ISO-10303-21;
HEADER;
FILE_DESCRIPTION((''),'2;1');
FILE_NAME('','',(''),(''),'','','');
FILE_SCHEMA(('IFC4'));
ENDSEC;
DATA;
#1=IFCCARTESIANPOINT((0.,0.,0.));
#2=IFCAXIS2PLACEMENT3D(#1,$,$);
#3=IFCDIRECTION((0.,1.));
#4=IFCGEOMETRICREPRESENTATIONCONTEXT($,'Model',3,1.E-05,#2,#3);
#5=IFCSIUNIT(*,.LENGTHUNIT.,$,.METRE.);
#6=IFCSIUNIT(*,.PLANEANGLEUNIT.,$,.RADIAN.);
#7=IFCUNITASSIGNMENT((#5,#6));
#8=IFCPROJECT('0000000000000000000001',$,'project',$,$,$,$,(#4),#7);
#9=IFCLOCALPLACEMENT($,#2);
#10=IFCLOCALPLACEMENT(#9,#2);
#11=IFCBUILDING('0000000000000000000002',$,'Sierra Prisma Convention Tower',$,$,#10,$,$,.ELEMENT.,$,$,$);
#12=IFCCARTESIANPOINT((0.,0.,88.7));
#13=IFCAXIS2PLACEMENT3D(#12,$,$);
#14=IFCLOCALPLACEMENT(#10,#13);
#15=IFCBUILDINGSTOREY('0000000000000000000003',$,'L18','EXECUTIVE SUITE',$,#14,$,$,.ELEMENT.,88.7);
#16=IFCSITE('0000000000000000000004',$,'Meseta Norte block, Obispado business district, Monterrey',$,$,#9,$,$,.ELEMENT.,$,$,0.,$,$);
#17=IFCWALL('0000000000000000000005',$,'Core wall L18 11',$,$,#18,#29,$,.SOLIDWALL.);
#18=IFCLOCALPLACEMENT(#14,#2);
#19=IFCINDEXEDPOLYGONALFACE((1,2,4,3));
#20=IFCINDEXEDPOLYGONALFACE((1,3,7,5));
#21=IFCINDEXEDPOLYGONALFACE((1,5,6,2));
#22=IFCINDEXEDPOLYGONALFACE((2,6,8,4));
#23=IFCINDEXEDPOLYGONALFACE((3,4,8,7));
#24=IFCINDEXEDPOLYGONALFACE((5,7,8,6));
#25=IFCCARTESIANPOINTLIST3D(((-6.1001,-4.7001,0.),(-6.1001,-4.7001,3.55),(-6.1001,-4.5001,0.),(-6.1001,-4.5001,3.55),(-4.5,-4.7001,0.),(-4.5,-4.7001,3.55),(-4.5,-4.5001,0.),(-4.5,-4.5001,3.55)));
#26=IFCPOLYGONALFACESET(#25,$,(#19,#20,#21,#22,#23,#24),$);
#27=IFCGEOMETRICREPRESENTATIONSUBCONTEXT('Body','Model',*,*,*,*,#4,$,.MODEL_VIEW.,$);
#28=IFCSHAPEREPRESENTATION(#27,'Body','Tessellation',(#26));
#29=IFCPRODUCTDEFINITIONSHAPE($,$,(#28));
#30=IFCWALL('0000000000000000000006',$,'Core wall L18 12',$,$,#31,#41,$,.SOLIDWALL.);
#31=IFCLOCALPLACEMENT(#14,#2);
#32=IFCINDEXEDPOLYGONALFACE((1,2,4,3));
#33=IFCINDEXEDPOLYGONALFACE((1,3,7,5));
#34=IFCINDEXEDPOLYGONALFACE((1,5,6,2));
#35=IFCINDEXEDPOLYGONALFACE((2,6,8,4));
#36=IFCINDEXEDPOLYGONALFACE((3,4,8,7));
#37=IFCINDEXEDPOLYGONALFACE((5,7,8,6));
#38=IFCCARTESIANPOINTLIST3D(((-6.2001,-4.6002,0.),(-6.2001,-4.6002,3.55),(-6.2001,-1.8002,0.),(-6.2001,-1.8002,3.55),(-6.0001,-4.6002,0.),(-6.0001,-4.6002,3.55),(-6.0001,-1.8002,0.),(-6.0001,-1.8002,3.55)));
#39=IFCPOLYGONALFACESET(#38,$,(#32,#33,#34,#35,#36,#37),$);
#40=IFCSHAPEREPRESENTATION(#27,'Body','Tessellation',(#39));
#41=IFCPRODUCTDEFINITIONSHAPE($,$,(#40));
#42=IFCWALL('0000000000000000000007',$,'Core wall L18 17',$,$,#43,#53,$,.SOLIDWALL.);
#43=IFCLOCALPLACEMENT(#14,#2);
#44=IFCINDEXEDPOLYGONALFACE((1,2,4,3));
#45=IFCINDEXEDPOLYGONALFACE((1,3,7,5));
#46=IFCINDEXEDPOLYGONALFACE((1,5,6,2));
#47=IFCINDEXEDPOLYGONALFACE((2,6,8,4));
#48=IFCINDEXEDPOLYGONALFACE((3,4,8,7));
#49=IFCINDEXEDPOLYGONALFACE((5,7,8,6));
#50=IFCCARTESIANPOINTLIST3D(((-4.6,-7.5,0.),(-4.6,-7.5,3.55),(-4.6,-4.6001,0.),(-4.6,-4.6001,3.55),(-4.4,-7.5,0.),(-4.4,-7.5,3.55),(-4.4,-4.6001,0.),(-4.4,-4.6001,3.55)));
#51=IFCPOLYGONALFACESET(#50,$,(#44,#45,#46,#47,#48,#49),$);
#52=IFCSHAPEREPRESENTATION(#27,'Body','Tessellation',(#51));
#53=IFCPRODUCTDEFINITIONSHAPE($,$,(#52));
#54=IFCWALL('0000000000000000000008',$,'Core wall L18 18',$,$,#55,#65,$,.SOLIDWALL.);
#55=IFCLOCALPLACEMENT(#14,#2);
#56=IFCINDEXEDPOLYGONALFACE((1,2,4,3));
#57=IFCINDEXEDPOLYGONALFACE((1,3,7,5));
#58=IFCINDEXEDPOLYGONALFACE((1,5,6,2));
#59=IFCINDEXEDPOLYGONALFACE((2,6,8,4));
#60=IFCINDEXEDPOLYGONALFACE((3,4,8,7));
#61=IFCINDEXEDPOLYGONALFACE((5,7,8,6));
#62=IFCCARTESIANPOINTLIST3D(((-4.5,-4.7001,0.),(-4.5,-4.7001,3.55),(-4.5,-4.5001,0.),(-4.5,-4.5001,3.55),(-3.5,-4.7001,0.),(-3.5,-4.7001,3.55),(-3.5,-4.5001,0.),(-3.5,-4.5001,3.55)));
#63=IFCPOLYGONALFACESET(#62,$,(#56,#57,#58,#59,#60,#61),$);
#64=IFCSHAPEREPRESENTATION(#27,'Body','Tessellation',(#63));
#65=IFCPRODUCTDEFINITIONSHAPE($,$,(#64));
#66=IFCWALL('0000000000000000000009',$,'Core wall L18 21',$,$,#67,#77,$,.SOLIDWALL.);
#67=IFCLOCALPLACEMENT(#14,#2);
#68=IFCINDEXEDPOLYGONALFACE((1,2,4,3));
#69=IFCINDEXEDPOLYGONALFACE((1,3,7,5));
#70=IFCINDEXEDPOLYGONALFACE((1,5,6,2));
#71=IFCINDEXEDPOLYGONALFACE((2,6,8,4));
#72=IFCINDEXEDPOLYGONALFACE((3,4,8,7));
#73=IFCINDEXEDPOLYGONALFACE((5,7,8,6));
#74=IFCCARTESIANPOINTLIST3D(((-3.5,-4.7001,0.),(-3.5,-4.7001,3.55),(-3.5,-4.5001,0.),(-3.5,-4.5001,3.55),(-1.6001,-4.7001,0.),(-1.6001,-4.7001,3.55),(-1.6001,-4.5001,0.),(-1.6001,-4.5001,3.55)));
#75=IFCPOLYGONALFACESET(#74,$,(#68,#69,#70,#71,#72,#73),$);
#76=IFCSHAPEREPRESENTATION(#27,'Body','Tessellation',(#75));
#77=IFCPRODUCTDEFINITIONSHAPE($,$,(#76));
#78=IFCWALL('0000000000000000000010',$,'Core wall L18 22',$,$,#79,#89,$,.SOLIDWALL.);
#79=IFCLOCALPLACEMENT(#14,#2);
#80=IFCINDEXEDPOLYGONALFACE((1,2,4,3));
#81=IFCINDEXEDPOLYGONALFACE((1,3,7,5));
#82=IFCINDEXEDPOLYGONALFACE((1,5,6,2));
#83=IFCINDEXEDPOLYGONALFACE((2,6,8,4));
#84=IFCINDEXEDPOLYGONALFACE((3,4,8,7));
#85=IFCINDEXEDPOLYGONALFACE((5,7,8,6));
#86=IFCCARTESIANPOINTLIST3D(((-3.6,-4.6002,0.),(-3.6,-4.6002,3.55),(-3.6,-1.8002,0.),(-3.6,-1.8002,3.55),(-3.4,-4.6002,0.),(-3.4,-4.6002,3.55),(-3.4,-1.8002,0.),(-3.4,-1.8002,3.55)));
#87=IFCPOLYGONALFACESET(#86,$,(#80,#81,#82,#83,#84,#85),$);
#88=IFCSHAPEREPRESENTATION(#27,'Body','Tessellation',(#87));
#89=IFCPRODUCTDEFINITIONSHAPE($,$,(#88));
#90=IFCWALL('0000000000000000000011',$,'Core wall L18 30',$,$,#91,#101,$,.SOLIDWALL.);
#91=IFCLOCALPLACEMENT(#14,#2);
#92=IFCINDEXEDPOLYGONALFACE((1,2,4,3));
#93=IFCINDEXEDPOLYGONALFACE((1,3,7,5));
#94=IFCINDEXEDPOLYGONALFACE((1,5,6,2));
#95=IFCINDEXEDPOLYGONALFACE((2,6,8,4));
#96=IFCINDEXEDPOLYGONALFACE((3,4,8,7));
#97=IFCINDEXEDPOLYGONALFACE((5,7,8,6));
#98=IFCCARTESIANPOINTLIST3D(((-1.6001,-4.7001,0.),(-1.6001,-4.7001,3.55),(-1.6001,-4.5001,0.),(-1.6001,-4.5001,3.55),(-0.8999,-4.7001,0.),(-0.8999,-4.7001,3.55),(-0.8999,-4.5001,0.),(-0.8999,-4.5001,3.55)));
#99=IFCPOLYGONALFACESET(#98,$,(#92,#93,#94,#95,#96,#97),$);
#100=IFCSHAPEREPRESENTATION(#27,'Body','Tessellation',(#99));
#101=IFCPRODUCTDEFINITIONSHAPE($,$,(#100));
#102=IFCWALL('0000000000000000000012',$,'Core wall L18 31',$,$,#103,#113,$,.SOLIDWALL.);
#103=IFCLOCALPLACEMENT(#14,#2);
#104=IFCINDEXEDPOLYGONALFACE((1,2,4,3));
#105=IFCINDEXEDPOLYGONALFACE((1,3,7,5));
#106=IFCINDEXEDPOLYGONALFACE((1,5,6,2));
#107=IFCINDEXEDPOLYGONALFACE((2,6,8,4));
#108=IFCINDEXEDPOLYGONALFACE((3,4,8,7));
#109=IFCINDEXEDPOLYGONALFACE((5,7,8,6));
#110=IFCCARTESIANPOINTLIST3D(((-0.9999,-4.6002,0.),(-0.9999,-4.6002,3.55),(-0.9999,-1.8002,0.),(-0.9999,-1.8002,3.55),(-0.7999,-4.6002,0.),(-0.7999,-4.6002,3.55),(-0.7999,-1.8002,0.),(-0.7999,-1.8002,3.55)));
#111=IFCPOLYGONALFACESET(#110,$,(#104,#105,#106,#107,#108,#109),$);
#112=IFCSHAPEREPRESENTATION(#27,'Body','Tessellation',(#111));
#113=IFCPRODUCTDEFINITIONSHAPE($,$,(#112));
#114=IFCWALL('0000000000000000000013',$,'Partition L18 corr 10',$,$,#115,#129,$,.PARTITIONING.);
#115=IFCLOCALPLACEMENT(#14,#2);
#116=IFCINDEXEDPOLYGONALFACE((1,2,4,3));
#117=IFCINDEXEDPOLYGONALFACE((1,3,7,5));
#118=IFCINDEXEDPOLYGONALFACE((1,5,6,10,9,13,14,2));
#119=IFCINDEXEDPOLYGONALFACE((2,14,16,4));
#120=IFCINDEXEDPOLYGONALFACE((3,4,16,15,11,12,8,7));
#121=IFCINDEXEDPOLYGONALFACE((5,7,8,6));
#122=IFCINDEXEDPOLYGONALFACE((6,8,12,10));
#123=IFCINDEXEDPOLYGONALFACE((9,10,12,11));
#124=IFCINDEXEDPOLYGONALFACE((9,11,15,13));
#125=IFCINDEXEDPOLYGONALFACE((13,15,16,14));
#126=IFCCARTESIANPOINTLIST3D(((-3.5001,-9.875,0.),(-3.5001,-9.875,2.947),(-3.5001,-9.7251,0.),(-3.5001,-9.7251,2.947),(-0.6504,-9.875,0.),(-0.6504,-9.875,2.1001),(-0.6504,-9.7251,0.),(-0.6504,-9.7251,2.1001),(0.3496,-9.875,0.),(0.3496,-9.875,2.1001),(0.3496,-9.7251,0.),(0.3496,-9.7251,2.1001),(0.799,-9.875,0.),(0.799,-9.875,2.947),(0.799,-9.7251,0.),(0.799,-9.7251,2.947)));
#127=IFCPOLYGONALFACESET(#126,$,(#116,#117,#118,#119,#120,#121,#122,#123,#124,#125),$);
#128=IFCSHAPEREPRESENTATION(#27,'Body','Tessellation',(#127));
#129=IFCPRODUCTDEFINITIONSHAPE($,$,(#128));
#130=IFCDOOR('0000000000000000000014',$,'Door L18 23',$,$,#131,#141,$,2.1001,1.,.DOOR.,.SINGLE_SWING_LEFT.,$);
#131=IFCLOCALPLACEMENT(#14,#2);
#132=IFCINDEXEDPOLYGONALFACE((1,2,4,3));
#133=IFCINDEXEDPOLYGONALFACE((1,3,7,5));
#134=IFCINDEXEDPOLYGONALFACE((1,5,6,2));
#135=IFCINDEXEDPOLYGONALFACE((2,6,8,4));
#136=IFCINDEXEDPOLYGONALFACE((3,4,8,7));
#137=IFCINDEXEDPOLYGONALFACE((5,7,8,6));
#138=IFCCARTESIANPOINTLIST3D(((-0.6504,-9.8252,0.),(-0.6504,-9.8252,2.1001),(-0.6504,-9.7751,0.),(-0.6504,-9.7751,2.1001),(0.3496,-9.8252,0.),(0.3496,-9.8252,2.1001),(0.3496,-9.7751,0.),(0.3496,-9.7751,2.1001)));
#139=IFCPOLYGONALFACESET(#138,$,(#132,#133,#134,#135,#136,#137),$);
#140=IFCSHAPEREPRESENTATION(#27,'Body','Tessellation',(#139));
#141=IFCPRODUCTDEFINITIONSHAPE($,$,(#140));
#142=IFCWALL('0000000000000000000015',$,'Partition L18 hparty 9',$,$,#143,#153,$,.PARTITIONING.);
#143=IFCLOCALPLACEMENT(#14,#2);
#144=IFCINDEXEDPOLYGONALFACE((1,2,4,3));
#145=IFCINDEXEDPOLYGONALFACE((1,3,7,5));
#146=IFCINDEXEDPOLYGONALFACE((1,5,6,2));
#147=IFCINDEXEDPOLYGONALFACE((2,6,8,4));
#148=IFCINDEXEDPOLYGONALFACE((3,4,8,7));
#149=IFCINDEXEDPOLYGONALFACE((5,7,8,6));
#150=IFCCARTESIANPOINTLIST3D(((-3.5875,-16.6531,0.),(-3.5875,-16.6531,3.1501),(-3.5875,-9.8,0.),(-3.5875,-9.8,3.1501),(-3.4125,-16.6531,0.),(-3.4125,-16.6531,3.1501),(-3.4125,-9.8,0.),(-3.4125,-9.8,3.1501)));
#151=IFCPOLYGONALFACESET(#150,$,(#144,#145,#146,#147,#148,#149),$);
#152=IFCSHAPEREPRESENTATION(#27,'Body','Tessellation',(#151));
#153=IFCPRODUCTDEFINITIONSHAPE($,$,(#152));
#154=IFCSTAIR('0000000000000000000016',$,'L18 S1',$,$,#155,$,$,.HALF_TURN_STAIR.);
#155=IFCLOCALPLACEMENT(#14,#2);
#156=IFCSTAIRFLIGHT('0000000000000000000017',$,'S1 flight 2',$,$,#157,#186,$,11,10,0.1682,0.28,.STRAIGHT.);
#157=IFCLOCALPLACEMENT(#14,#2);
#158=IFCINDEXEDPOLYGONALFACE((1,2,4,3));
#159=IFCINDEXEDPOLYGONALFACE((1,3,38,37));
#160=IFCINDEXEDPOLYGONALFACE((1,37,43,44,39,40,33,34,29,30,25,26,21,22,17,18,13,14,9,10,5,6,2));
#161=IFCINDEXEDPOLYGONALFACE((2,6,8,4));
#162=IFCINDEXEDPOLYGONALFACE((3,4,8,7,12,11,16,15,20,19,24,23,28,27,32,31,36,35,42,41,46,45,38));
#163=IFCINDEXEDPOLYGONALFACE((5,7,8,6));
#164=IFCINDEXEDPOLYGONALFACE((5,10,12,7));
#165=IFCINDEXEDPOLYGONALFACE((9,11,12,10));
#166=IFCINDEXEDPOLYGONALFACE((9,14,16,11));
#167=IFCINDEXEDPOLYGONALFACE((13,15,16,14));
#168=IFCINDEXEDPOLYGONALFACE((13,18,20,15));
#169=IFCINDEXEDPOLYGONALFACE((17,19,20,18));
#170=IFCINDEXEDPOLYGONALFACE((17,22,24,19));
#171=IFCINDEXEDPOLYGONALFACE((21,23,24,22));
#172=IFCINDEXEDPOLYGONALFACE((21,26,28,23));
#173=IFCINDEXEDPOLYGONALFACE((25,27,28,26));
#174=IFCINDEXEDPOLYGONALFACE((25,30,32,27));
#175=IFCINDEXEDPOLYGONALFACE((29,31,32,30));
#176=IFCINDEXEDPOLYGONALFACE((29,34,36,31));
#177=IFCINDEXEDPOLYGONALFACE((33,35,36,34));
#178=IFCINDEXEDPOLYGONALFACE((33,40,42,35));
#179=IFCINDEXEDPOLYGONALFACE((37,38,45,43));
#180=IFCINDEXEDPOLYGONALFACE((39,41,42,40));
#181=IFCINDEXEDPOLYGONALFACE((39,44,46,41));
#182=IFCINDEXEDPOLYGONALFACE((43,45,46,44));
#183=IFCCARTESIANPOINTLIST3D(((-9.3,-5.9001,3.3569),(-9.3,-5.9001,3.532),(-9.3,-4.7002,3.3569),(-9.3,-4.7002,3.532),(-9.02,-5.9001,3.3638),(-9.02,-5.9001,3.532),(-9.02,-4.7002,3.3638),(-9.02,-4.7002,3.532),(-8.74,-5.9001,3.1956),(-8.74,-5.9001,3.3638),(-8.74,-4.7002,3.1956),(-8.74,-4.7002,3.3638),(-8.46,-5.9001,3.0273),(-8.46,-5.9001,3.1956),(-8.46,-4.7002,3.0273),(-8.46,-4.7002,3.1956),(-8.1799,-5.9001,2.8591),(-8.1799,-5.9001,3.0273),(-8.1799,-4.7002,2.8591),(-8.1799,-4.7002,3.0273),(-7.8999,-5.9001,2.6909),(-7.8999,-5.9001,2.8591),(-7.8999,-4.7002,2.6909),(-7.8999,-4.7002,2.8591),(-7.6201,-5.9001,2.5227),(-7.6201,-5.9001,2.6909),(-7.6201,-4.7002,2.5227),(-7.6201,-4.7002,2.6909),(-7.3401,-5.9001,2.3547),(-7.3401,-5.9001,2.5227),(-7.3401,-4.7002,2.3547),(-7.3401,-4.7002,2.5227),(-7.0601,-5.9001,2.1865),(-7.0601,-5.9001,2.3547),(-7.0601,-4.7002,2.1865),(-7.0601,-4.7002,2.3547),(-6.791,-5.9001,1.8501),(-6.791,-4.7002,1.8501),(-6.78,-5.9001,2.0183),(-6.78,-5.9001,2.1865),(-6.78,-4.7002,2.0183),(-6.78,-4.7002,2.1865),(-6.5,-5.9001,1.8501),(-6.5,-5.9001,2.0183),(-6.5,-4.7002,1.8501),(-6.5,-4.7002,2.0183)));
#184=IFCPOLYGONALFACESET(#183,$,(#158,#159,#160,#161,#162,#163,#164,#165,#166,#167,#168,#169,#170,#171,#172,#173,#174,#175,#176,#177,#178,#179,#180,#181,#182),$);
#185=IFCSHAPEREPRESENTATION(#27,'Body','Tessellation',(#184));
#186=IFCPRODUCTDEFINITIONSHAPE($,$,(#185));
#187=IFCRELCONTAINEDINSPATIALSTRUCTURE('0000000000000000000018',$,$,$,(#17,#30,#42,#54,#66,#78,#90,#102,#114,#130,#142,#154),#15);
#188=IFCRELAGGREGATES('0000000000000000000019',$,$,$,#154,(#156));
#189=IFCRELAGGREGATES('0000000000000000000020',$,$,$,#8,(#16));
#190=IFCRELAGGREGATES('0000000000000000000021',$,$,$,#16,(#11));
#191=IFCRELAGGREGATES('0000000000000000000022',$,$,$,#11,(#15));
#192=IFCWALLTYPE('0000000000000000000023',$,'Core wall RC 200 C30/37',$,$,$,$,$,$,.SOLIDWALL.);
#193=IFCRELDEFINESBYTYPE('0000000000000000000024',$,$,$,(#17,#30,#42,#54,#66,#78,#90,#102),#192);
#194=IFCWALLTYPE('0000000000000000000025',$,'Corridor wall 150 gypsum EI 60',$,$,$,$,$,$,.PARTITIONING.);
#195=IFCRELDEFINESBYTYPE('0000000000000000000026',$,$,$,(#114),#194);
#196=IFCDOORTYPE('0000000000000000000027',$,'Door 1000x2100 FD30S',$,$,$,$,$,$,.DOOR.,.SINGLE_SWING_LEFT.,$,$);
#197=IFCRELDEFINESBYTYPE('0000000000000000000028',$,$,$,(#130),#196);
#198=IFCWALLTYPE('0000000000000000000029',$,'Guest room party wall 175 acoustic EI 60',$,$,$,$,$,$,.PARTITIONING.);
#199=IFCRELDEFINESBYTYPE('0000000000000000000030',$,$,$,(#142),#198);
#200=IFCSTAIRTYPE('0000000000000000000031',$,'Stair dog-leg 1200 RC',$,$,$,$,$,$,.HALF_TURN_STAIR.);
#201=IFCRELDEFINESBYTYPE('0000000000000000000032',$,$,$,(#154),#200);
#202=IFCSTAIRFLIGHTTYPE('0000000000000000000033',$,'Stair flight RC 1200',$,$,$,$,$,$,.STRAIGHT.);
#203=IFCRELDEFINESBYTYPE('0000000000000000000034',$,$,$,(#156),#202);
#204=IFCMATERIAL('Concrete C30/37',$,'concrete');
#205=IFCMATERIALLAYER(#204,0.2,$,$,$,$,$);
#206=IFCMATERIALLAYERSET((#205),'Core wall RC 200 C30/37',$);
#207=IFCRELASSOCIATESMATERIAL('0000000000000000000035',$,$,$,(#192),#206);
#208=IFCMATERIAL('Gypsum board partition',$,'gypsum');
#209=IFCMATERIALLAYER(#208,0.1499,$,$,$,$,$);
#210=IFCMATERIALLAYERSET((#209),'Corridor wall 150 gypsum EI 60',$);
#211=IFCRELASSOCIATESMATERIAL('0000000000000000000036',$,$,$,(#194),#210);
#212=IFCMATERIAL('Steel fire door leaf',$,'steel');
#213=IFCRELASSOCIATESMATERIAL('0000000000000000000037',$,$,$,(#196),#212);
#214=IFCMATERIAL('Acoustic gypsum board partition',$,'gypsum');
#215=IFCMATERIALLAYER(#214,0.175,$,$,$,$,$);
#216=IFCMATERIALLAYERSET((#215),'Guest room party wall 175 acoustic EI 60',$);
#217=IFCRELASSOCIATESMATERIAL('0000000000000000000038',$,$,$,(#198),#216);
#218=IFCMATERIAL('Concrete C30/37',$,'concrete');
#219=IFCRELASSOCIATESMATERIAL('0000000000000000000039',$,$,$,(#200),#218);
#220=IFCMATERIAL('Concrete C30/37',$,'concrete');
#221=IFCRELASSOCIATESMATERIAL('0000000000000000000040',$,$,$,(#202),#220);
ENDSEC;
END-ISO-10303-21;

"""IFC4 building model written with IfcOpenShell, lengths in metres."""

from ifc_helpers import new_model, si_unit, direction, frame, frame_2d, origin, place, context, subcontext, project, spatial, polyline, rectangle, outline, extrude, material, layer, layer_set, type_object, element, fill, aggregate, save


model = new_model("IFC4")

# Units and contexts
model_context = context("Model", 3, precision=1e-05, world=origin(), true_north=direction((0.0, 1.0)))
body_context = subcontext(model_context, "Body", "Model", "MODEL_VIEW")
ifc_project = project(units=[si_unit("LENGTHUNIT", "METRE"), si_unit("PLANEANGLEUNIT", "RADIAN")], contexts=[model_context])

# Site, building, storey
site_placement = place(None, origin())
site = spatial("IfcSite", under=ifc_project, at=site_placement, Name="Meseta Norte block, Obispado business district, Monterrey", CompositionType="ELEMENT", RefElevation=0.0)
building_placement = place(site_placement, origin())
building = spatial("IfcBuilding", under=site, at=building_placement, Name="Sierra Prisma Convention Tower", CompositionType="ELEMENT")
storey_placement = place(building_placement, frame((0.0, 0.0, 88.7)))
storey = spatial("IfcBuildingStorey", under=building, at=storey_placement, Name="L18", Description="EXECUTIVE SUITE", CompositionType="ELEMENT", Elevation=88.7)

# Walls
ifc_material_1 = material(Name="Concrete C30/37", Category="concrete")
ifc_layer_1 = layer(ifc_material_1, 0.2)
ifc_layer_set_1 = layer_set([ifc_layer_1], Name="Core wall RC 200 C30/37")
wall_type_1 = type_object("IfcWallType", Name="Core wall RC 200 C30/37", PredefinedType="SOLIDWALL", material=ifc_layer_set_1)
wall_1_placement = place(storey_placement, frame((-6.1001, -4.6001, 0.0), z_axis=(0.0, 0.0, 1.0), x_axis=(1.0, 0.0, 0.0)))
element("IfcWall", 1, at=wall_1_placement, inside=storey, type_object=wall_type_1, Name="Core wall L18 11", PredefinedType="SOLIDWALL", context=body_context, shape_type="SweptSolid", body=[
    extrude(rectangle(XDim=1.6001, YDim=0.2, at=frame_2d((0.8, 0.0))), origin(), (0.0, 0.0, 1.0), 3.55),
])
wall_2_placement = place(storey_placement, frame((-6.1001, -4.6001, 0.0), z_axis=(0.0, 0.0, 1.0), x_axis=(0.0, 1.0, 0.0)))
element("IfcWall", 2, at=wall_2_placement, inside=storey, type_object=wall_type_1, Name="Core wall L18 12", PredefinedType="SOLIDWALL", context=body_context, shape_type="SweptSolid", body=[
    extrude(rectangle(XDim=2.8, YDim=0.2, at=frame_2d((1.3999, 0.0))), origin(), (0.0, 0.0, 1.0), 3.55),
])
wall_3_placement = place(storey_placement, frame((-4.5, -4.6001, 0.0), z_axis=(0.0, 0.0, 1.0), x_axis=(0.0, -1.0, 0.0)))
element("IfcWall", 3, at=wall_3_placement, inside=storey, type_object=wall_type_1, Name="Core wall L18 17", PredefinedType="SOLIDWALL", context=body_context, shape_type="SweptSolid", body=[
    extrude(rectangle(XDim=2.8999, YDim=0.2, at=frame_2d((1.45, 0.0))), origin(), (0.0, 0.0, 1.0), 3.55),
])
wall_4_placement = place(storey_placement, frame((-4.5, -4.6001, 0.0), z_axis=(0.0, 0.0, 1.0), x_axis=(1.0, 0.0, 0.0)))
element("IfcWall", 4, at=wall_4_placement, inside=storey, type_object=wall_type_1, Name="Core wall L18 18", PredefinedType="SOLIDWALL", context=body_context, shape_type="SweptSolid", body=[
    extrude(rectangle(XDim=1.0, YDim=0.2, at=frame_2d((0.5, 0.0))), origin(), (0.0, 0.0, 1.0), 3.55),
])
wall_5_placement = place(storey_placement, frame((-3.5, -4.6001, 0.0), z_axis=(0.0, 0.0, 1.0), x_axis=(1.0, 0.0, 0.0)))
element("IfcWall", 5, at=wall_5_placement, inside=storey, type_object=wall_type_1, Name="Core wall L18 21", PredefinedType="SOLIDWALL", context=body_context, shape_type="SweptSolid", body=[
    extrude(rectangle(XDim=1.8999, YDim=0.2, at=frame_2d((0.95, 0.0))), origin(), (0.0, 0.0, 1.0), 3.55),
])
wall_6_placement = place(storey_placement, frame((-3.5, -4.6001, 0.0), z_axis=(0.0, 0.0, 1.0), x_axis=(0.0, 1.0, 0.0)))
element("IfcWall", 6, at=wall_6_placement, inside=storey, type_object=wall_type_1, Name="Core wall L18 22", PredefinedType="SOLIDWALL", context=body_context, shape_type="SweptSolid", body=[
    extrude(rectangle(XDim=2.8, YDim=0.2, at=frame_2d((1.3999, 0.0))), origin(), (0.0, 0.0, 1.0), 3.55),
])

# Walls
wall_7_placement = place(storey_placement, frame((-1.6001, -4.6001, 0.0), z_axis=(0.0, 0.0, 1.0), x_axis=(1.0, 0.0, 0.0)))
element("IfcWall", 7, at=wall_7_placement, inside=storey, type_object=wall_type_1, Name="Core wall L18 30", PredefinedType="SOLIDWALL", context=body_context, shape_type="SweptSolid", body=[
    extrude(rectangle(XDim=0.7002, YDim=0.2, at=frame_2d((0.3501, 0.0))), origin(), (0.0, 0.0, 1.0), 3.55),
])
wall_8_placement = place(storey_placement, frame((-0.8999, -4.6001, 0.0), z_axis=(0.0, 0.0, 1.0), x_axis=(0.0, 1.0, 0.0)))
element("IfcWall", 8, at=wall_8_placement, inside=storey, type_object=wall_type_1, Name="Core wall L18 31", PredefinedType="SOLIDWALL", context=body_context, shape_type="SweptSolid", body=[
    extrude(rectangle(XDim=2.8, YDim=0.2, at=frame_2d((1.3999, 0.0))), origin(), (0.0, 0.0, 1.0), 3.55),
])

# Wall, opening, door
ifc_material_2 = material(Name="Gypsum board partition", Category="gypsum")
ifc_layer_2 = layer(ifc_material_2, 0.1499)
ifc_layer_set_2 = layer_set([ifc_layer_2], Name="Corridor wall 150 gypsum EI 60")
wall_type_2 = type_object("IfcWallType", Name="Corridor wall 150 gypsum EI 60", PredefinedType="PARTITIONING", material=ifc_layer_set_2)
wall_9_placement = place(storey_placement, frame((-3.5, -9.8, 0.0), z_axis=(0.0, 0.0, 1.0), x_axis=(1.0, 0.0, 0.0)))
wall_9 = element("IfcWall", 9, at=wall_9_placement, inside=storey, type_object=wall_type_2, Name="Partition L18 corr 10", PredefinedType="PARTITIONING", context=body_context, shape_type="SweptSolid", body=[
    extrude(rectangle(XDim=4.2991, YDim=0.1499, at=frame_2d((2.1494, 0.0))), origin(), (0.0, 0.0, 1.0), 2.947),
])
opening_1_placement = place(wall_9_placement, frame((2.8496, 0.0, 0.0)))
opening_1 = element("IfcOpeningElement", 10, at=opening_1_placement, cuts=wall_9, PredefinedType="OPENING", context=body_context, shape_type="SweptSolid", body=[
    extrude(rectangle(XDim=1.0, YDim=2.1001, at=frame_2d((0.5, 1.05))), frame((0.0, 0.075, 0.0), z_axis=(0.0, -1.0, 0.0), x_axis=(1.0, 0.0, 0.0)), (0.0, 0.0, 1.0), 0.1499),
])
ifc_material_3 = material(Name="Steel fire door leaf", Category="steel")
door_type_1 = type_object("IfcDoorType", Name="Door 1000x2100 FD30S", OperationType="SINGLE_SWING_LEFT", PredefinedType="DOOR", material=ifc_material_3)
door_1_placement = place(opening_1_placement, origin())
door_1 = element("IfcDoor", 11, at=door_1_placement, inside=storey, type_object=door_type_1, Name="Door L18 23", OperationType="SINGLE_SWING_LEFT", OverallHeight=2.1001, OverallWidth=1.0, PredefinedType="DOOR", context=body_context, shape_type="SweptSolid", body=[
    extrude(rectangle(XDim=1.0, YDim=2.1001, at=frame_2d((0.5, 1.05))), frame((0.0, 0.0249, 0.0), z_axis=(0.0, -1.0, 0.0), x_axis=(1.0, 0.0, 0.0)), (0.0, 0.0, 1.0), 0.05),
])
fill(opening_1, door_1)

# Wall
ifc_material_4 = material(Name="Acoustic gypsum board partition", Category="gypsum")
ifc_layer_3 = layer(ifc_material_4, 0.175)
ifc_layer_set_3 = layer_set([ifc_layer_3], Name="Guest room party wall 175 acoustic EI 60")
wall_type_3 = type_object("IfcWallType", Name="Guest room party wall 175 acoustic EI 60", PredefinedType="PARTITIONING", material=ifc_layer_set_3)
wall_10_placement = place(storey_placement, frame((-3.5, -9.8, 0.0), z_axis=(0.0, 0.0, 1.0), x_axis=(0.0, -1.0, 0.0)))
element("IfcWall", 12, at=wall_10_placement, inside=storey, type_object=wall_type_3, Name="Partition L18 hparty 9", PredefinedType="PARTITIONING", context=body_context, shape_type="SweptSolid", body=[
    extrude(rectangle(XDim=6.853, YDim=0.175, at=frame_2d((3.4265, 0.0))), origin(), (0.0, 0.0, 1.0), 3.1501),
])

# Stair, stair flight
ifc_material_5 = material(Name="Concrete C30/37", Category="concrete")
stair_type = type_object("IfcStairType", Name="Stair dog-leg 1200 RC", PredefinedType="HALF_TURN_STAIR", material=ifc_material_5)
stair_placement = place(storey_placement, origin())
stair = element("IfcStair", 13, at=stair_placement, inside=storey, type_object=stair_type, Name="L18 S1", PredefinedType="HALF_TURN_STAIR")
ifc_material_6 = material(Name="Concrete C30/37", Category="concrete")
stair_flight_type = type_object("IfcStairFlightType", Name="Stair flight RC 1200", PredefinedType="STRAIGHT", material=ifc_material_6)
stair_flight_placement = place(storey_placement, frame((-6.5, -5.3, 1.8501), z_axis=(0.0, 0.0, 1.0), x_axis=(-1.0, 0.0, 0.0)))
stair_flight = element("IfcStairFlight", 14, at=stair_flight_placement, type_object=stair_flight_type, Name="S1 flight 2", NumberOfRisers=11, NumberOfTreads=10, PredefinedType="STRAIGHT", RiserHeight=0.1682, TreadLength=0.28, context=body_context, shape_type="SweptSolid", body=[
    extrude(outline(polyline([(0.0, 0.0), (0.0, 0.1682), (0.28, 0.1682), (0.28, 0.3364), (0.5601, 0.3364), (0.5601, 0.5046), (0.8401, 0.5046), (0.8401, 0.6726), (1.1201, 0.6726), (1.1201, 0.8408), (1.3999, 0.8408), (1.3999, 1.009), (1.6799, 1.009), (1.6799, 1.1772), (1.96, 1.1772), (1.96, 1.3455), (2.24, 1.3455), (2.24, 1.5137), (2.52, 1.5137), (2.52, 1.6819), (2.8, 1.6819), (2.8, 1.8501), (2.8, 1.5068), (0.291, 0.0), (0.0, 0.0)])), frame((0.0, 0.6001, 0.0), z_axis=(0.0, -1.0, 0.0), x_axis=(1.0, 0.0, 0.0)), (0.0, 0.0, 1.0), 1.2),
])
aggregate(stair, [stair_flight])

save(model, "model.ifc")
